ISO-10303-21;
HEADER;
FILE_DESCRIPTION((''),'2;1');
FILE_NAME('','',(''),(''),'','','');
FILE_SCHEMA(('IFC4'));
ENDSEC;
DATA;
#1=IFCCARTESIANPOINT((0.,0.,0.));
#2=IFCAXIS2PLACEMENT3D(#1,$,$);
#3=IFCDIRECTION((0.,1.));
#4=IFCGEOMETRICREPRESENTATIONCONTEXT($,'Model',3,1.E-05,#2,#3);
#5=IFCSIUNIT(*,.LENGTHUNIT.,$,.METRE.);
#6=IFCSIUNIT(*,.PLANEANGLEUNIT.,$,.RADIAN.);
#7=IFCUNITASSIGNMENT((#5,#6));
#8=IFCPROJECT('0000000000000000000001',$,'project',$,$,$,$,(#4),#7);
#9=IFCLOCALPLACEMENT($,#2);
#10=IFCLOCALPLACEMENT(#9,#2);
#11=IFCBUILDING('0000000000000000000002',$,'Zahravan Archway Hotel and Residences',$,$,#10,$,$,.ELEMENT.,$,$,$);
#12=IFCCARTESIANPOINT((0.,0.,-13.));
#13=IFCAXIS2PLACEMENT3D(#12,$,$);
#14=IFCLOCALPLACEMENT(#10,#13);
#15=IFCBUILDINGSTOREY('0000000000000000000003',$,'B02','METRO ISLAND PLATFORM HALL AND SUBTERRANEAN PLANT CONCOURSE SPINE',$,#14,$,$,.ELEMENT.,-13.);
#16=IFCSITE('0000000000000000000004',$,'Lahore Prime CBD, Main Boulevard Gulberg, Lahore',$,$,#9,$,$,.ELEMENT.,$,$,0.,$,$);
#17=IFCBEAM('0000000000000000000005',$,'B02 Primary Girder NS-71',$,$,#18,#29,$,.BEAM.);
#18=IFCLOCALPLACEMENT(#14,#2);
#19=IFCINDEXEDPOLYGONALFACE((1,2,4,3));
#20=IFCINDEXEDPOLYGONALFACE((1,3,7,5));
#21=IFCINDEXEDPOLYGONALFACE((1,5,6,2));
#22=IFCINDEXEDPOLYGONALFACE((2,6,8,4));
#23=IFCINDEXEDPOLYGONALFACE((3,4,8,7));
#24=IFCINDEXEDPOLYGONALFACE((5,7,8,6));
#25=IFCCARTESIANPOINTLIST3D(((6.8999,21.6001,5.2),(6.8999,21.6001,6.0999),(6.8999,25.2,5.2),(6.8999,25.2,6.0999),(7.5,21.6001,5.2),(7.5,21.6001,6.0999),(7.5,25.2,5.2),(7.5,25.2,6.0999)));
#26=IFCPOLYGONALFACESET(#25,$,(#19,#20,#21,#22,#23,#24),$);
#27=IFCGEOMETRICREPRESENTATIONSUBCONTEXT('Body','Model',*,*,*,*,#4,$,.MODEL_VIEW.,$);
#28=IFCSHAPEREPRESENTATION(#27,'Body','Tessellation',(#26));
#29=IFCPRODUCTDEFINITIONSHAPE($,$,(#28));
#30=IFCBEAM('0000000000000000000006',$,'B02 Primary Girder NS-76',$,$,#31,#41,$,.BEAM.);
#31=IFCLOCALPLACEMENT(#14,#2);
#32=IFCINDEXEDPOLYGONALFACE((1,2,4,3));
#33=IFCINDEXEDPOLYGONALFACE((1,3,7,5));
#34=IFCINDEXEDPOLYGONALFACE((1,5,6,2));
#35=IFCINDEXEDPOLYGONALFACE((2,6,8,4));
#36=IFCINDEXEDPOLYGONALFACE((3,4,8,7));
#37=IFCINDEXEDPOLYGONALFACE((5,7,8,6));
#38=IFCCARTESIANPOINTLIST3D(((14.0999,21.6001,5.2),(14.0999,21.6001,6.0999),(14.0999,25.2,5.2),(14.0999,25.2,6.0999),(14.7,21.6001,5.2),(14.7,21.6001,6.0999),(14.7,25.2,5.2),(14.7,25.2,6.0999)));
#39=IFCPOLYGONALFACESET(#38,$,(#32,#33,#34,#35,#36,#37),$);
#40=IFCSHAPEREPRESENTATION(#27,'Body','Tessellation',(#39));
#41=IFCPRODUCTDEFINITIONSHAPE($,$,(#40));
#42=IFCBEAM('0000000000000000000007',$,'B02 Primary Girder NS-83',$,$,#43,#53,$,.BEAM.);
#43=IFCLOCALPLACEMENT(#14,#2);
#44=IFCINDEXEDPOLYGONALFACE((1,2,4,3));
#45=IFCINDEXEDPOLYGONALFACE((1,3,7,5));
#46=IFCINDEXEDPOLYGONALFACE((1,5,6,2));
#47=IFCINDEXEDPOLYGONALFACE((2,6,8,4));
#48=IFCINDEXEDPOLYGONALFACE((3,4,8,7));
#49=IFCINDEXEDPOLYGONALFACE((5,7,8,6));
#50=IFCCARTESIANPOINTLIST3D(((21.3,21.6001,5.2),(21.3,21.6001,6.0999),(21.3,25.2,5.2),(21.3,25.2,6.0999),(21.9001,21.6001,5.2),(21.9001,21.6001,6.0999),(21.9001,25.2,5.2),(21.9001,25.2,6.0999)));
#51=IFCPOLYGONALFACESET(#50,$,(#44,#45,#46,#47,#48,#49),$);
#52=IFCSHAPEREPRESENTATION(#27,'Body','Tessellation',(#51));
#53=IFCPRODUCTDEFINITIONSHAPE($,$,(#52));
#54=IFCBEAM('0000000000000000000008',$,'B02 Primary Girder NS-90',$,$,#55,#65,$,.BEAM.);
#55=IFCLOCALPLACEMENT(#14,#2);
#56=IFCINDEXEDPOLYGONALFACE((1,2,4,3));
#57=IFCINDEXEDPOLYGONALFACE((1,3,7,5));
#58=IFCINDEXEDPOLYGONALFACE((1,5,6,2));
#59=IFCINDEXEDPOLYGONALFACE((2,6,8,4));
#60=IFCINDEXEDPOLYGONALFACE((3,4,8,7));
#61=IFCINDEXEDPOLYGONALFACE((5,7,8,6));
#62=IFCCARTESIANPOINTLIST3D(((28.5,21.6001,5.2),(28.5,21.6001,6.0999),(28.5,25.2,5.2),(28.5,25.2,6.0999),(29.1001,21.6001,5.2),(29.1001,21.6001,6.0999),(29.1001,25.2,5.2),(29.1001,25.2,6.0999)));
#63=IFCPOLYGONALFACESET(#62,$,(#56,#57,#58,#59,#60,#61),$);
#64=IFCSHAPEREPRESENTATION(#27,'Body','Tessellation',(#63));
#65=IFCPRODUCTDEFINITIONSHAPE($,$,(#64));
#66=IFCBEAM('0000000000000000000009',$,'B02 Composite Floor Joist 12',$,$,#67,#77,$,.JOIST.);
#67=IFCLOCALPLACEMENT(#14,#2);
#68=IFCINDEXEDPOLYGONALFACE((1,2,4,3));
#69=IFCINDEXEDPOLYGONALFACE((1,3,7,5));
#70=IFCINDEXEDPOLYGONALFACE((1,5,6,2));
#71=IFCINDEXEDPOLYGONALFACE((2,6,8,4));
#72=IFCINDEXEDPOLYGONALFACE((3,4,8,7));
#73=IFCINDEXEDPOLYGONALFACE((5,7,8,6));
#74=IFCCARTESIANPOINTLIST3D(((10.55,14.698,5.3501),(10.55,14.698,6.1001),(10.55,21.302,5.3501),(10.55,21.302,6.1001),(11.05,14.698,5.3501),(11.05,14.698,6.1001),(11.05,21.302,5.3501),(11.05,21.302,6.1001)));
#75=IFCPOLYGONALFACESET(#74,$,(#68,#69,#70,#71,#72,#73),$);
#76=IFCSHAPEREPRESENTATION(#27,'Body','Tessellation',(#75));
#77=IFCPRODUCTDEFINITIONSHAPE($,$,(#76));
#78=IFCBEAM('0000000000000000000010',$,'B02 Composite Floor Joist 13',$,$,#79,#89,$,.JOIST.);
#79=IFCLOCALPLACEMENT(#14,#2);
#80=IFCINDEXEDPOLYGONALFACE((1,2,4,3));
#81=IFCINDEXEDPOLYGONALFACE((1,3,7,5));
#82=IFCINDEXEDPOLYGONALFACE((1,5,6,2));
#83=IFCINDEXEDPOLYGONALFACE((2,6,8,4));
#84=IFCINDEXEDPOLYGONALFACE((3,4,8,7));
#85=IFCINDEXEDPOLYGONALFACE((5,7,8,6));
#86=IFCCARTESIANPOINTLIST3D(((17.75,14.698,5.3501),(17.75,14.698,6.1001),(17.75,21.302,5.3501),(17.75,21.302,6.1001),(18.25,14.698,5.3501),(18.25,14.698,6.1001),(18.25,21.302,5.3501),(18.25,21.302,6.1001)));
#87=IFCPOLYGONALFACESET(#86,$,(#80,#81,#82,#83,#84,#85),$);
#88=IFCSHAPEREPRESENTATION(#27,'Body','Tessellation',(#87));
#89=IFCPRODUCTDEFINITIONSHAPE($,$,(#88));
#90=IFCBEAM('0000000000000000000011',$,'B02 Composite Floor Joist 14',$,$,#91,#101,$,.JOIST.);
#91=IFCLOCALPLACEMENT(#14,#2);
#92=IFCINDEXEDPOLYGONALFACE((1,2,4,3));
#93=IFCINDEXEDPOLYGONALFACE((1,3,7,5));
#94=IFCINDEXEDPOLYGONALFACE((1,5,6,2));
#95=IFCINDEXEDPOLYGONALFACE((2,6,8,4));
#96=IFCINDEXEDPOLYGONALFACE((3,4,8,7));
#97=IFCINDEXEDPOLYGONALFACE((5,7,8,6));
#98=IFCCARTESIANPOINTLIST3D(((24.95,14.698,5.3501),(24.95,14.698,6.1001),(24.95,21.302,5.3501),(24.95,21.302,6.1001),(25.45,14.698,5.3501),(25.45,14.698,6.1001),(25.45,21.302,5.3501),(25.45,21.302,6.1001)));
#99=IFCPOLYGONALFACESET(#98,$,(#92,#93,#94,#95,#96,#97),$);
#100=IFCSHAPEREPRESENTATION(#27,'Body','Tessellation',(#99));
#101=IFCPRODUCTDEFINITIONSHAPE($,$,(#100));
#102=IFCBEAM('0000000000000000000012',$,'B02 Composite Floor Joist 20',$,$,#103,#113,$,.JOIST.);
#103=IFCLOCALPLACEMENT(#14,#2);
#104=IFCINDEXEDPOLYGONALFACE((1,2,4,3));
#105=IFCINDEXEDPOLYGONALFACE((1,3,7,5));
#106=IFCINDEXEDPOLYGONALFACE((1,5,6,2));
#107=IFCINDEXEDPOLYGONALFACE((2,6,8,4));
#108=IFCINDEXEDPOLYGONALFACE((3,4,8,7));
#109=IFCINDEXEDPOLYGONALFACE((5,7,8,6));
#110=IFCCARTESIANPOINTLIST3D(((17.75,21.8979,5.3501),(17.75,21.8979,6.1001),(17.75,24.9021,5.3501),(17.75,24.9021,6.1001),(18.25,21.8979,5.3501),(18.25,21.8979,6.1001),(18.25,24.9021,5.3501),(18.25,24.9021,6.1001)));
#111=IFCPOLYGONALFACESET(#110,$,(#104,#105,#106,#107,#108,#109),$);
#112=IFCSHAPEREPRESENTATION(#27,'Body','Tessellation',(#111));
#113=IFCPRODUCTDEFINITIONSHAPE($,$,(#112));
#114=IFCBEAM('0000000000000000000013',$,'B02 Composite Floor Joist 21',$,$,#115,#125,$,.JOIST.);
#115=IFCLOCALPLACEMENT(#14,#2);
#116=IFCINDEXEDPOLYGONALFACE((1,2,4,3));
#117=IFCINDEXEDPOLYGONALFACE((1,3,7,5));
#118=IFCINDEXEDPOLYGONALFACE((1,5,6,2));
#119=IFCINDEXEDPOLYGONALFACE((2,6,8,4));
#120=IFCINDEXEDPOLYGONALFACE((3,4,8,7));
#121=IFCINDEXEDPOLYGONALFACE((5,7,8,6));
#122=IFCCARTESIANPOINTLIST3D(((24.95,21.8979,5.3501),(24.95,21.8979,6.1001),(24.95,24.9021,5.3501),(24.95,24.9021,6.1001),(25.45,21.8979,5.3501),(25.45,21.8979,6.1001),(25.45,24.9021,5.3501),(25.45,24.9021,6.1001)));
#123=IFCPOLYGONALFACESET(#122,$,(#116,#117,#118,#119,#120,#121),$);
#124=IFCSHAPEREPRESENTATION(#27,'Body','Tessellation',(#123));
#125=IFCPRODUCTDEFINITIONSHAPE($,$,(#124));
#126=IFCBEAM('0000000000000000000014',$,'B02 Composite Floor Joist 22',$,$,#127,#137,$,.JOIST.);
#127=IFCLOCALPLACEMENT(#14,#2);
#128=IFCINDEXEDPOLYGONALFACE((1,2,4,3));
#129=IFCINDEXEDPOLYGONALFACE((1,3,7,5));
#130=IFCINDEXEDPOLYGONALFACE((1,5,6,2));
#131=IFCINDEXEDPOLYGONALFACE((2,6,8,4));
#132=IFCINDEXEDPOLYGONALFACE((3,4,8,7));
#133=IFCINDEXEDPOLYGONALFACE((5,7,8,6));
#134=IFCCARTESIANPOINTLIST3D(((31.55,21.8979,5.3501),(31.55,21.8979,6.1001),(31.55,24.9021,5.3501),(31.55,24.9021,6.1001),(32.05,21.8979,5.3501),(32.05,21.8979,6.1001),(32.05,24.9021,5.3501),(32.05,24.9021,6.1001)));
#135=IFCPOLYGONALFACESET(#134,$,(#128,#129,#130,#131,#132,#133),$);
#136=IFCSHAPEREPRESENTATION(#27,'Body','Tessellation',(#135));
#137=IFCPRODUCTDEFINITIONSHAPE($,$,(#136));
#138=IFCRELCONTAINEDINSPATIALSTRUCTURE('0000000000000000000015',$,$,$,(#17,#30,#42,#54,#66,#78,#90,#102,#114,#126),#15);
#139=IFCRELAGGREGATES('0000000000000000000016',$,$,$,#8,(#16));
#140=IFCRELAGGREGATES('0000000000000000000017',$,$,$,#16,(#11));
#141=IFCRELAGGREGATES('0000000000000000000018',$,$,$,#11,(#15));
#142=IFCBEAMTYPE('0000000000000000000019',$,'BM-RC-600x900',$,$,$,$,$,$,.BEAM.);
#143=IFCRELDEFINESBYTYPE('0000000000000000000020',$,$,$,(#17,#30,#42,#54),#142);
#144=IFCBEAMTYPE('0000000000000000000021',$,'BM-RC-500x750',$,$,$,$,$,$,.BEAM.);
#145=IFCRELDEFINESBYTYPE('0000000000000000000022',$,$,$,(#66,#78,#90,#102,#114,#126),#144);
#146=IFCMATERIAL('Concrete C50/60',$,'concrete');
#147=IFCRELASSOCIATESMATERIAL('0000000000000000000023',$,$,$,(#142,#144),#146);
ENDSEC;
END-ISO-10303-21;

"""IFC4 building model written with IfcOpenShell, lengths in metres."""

from ifc_helpers import new_model, si_unit, direction, frame, origin, origin_2d, place, context, subcontext, project, spatial, rectangle, extrude, source, transform, mapped, material, material_profile, profile_set, type_object, type_shapes, element, save


model = new_model("IFC4")

# Units and contexts
model_context = context("Model", 3, precision=1e-05, world=origin(), true_north=direction((0.0, 1.0)))
body_context = subcontext(model_context, "Body", "Model", "MODEL_VIEW")
ifc_project = project(units=[si_unit("LENGTHUNIT", "METRE"), si_unit("PLANEANGLEUNIT", "RADIAN")], contexts=[model_context])

# Site, building, storey
site_placement = place(None, origin())
site = spatial("IfcSite", under=ifc_project, at=site_placement, Name="Lahore Prime CBD, Main Boulevard Gulberg, Lahore", CompositionType="ELEMENT", RefElevation=0.0)
building_placement = place(site_placement, origin())
building = spatial("IfcBuilding", under=site, at=building_placement, Name="Zahravan Archway Hotel and Residences", CompositionType="ELEMENT")
storey_placement = place(building_placement, frame((0.0, 0.0, -13.0)))
storey = spatial("IfcBuildingStorey", under=building, at=storey_placement, Name="B02", Description="METRO ISLAND PLATFORM HALL AND SUBTERRANEAN PLANT CONCOURSE SPINE", CompositionType="ELEMENT", Elevation=-13.0)

# Shared definitions
ifc_material_1 = material(Name="Concrete C50/60", Category="concrete")

# Beams
ifc_material_profile_1 = material_profile(ifc_material_1, rectangle(XDim=0.6001, YDim=0.8999, at=origin_2d()), Name="RC-BM-600x900", Category="concrete")
ifc_profile_set_1 = profile_set([ifc_material_profile_1], Name="Concrete C50/60")
beam_type_1 = type_object("IfcBeamType", Name="BM-RC-600x900", PredefinedType="BEAM", material=ifc_profile_set_1)
shared_shape_1 = source(origin(), body_context, "Body", "SweptSolid", [
    extrude(rectangle(XDim=0.6001, YDim=0.8999, at=origin_2d()), origin(), (0.0, 0.0, 1.0), 3.5999),
])
for number, where, z_axis, x_axis, name in (
    (1, (7.2, 21.6001, 5.6499), (0.0, 1.0, 0.0), (-1.0, 0.0, 0.0), "B02 Primary Girder NS-71"),
    (2, (14.3999, 21.6001, 5.6499), (0.0, 1.0, 0.0), (-1.0, 0.0, 0.0), "B02 Primary Girder NS-76"),
    (3, (21.6001, 21.6001, 5.6499), (0.0, 1.0, 0.0), (-1.0, 0.0, 0.0), "B02 Primary Girder NS-83"),
    (4, (28.8, 21.6001, 5.6499), (0.0, 1.0, 0.0), (-1.0, 0.0, 0.0), "B02 Primary Girder NS-90"),
):
    element("IfcBeam", number, at=place(storey_placement, frame(where, z_axis=z_axis, x_axis=x_axis)), inside=storey, type_object=beam_type_1, Name=name, PredefinedType="BEAM", context=body_context, shape_type="MappedRepresentation", body=[
        mapped(shared_shape_1, transform((0.0, 0.0, 0.0), scale=1.0)),
    ])
ifc_material_profile_2 = material_profile(ifc_material_1, rectangle(XDim=0.5, YDim=0.75, at=origin_2d()), Name="RC-BM-500x750", Category="concrete")
ifc_profile_set_2 = profile_set([ifc_material_profile_2], Name="Concrete C50/60")
beam_type_2 = type_object("IfcBeamType", Name="BM-RC-500x750", PredefinedType="BEAM", material=ifc_profile_set_2)
shared_shape_2 = source(origin(), body_context, "Body", "SweptSolid", [
    extrude(rectangle(XDim=0.5, YDim=0.75, at=origin_2d()), origin(), (0.0, 0.0, 1.0), 6.604),
])
type_shapes(beam_type_2, [shared_shape_2])
for number, where, z_axis, x_axis, name in (
    (5, (10.8, 14.698, 5.7251), (0.0, 1.0, 0.0), (-1.0, 0.0, 0.0), "B02 Composite Floor Joist 12"),
    (6, (18.0, 14.698, 5.7251), (0.0, 1.0, 0.0), (-1.0, 0.0, 0.0), "B02 Composite Floor Joist 13"),
    (7, (25.2, 14.698, 5.7251), (0.0, 1.0, 0.0), (-1.0, 0.0, 0.0), "B02 Composite Floor Joist 14"),
):
    element("IfcBeam", number, at=place(storey_placement, frame(where, z_axis=z_axis, x_axis=x_axis)), inside=storey, type_object=beam_type_2, Name=name, PredefinedType="JOIST", context=body_context, shape_type="MappedRepresentation", body=[
        mapped(shared_shape_2, transform((0.0, 0.0, 0.0), scale=1.0)),
    ])
shared_shape_3 = source(origin(), body_context, "Body", "SweptSolid", [
    extrude(rectangle(XDim=0.5, YDim=0.75, at=origin_2d()), origin(), (0.0, 0.0, 1.0), 3.0042),
])
for number, where, z_axis, x_axis, name in (
    (8, (18.0, 21.8979, 5.7251), (0.0, 1.0, 0.0), (-1.0, 0.0, 0.0), "B02 Composite Floor Joist 20"),
    (9, (25.2, 21.8979, 5.7251), (0.0, 1.0, 0.0), (-1.0, 0.0, 0.0), "B02 Composite Floor Joist 21"),
    (10, (31.8, 21.8979, 5.7251), (0.0, 1.0, 0.0), (-1.0, 0.0, 0.0), "B02 Composite Floor Joist 22"),
):
    element("IfcBeam", number, at=place(storey_placement, frame(where, z_axis=z_axis, x_axis=x_axis)), inside=storey, type_object=beam_type_2, Name=name, PredefinedType="JOIST", context=body_context, shape_type="MappedRepresentation", body=[
        mapped(shared_shape_3, transform((0.0, 0.0, 0.0), scale=1.0)),
    ])

save(model, "model.ifc")
